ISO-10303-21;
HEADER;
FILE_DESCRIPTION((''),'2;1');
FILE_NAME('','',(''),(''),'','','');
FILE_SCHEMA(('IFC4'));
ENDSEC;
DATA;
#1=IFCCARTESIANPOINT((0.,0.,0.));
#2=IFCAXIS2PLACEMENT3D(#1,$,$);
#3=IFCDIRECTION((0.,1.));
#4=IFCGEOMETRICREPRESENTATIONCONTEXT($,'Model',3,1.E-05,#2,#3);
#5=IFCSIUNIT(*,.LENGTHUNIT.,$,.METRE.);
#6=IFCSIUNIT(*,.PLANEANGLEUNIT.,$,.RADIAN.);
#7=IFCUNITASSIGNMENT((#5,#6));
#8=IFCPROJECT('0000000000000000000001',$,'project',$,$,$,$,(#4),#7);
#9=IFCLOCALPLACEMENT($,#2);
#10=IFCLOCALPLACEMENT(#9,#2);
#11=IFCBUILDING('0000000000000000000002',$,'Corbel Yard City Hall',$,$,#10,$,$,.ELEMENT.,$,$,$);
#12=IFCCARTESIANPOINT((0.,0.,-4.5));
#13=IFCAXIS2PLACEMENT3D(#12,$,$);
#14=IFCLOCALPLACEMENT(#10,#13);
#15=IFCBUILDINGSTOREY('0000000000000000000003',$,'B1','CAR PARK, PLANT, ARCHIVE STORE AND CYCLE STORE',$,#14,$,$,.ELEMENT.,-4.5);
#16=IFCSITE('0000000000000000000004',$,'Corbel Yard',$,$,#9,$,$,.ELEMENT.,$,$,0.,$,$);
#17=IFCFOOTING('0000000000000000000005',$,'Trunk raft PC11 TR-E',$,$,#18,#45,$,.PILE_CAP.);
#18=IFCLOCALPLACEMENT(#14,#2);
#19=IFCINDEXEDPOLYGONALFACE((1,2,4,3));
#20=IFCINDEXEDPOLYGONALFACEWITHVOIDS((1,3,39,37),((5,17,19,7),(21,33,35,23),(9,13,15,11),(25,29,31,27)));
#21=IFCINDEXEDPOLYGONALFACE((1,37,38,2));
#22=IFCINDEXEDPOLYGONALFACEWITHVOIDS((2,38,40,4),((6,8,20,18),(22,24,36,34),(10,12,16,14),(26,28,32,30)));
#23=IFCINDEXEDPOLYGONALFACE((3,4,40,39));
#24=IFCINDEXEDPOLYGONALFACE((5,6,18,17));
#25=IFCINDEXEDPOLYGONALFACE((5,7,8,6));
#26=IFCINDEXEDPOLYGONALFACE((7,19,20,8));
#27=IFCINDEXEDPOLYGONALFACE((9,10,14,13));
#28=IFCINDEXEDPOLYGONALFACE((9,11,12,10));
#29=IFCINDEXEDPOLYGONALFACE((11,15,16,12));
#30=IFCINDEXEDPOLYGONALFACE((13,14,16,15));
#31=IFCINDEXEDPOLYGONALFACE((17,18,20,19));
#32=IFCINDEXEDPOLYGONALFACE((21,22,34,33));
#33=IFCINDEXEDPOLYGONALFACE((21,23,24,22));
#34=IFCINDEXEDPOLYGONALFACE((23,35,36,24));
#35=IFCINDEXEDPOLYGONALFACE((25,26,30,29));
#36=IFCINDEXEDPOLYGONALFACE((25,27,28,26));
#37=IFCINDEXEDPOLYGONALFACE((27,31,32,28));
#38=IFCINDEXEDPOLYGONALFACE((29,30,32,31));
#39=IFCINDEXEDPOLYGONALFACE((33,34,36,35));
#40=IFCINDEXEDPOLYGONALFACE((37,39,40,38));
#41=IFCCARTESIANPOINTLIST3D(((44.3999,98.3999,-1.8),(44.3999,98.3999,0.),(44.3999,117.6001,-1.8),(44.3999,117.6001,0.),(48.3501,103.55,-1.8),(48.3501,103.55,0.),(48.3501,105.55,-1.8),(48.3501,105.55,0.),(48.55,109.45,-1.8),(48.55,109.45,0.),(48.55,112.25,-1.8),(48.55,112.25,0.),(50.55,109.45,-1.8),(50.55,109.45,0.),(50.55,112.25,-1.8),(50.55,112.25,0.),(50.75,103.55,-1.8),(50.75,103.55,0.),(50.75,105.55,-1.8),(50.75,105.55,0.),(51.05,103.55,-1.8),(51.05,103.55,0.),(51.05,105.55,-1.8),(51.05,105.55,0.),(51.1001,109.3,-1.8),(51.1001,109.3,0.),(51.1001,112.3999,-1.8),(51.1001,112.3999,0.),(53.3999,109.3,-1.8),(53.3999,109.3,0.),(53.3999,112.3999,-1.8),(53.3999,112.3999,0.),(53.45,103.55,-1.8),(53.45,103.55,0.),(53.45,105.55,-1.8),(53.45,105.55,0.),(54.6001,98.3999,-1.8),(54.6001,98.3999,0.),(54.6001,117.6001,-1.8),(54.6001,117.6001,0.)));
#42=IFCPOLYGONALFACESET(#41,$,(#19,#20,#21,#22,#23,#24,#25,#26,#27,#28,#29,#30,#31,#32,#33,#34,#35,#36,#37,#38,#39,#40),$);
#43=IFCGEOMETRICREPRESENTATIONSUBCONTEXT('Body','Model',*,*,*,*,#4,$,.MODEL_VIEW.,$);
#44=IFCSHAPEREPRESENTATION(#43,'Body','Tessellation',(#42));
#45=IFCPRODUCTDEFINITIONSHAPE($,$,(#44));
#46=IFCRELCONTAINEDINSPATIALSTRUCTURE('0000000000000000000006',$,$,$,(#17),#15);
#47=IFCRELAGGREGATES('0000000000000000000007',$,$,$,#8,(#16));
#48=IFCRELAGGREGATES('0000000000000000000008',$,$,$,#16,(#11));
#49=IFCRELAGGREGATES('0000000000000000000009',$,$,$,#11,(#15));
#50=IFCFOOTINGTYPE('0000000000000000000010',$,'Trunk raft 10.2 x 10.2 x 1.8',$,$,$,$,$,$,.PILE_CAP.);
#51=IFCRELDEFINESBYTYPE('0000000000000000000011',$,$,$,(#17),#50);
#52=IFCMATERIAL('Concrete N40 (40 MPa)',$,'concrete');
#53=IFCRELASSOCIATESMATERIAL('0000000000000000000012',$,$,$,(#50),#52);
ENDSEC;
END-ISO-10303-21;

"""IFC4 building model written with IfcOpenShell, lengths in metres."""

from ifc_helpers import new_model, si_unit, direction, frame, origin, place, context, subcontext, project, spatial, polyline, outline, extrude, material, type_object, element, save


model = new_model("IFC4")

# Units and contexts
model_context = context("Model", 3, precision=1e-05, world=origin(), true_north=direction((0.0, 1.0)))
body_context = subcontext(model_context, "Body", "Model", "MODEL_VIEW")
ifc_project = project(units=[si_unit("LENGTHUNIT", "METRE"), si_unit("PLANEANGLEUNIT", "RADIAN")], contexts=[model_context])

# Site, building, storey
site_placement = place(None, origin())
site = spatial("IfcSite", under=ifc_project, at=site_placement, Name="Corbel Yard", CompositionType="ELEMENT", RefElevation=0.0)
building_placement = place(site_placement, origin())
building = spatial("IfcBuilding", under=site, at=building_placement, Name="Corbel Yard City Hall", CompositionType="ELEMENT")
storey_placement = place(building_placement, frame((0.0, 0.0, -4.5)))
storey = spatial("IfcBuildingStorey", under=building, at=storey_placement, Name="B1", Description="CAR PARK, PLANT, ARCHIVE STORE AND CYCLE STORE", CompositionType="ELEMENT", Elevation=-4.5)

# Footing
ifc_material = material(Name="Concrete N40 (40 MPa)", Category="concrete")
footing_type_1 = type_object("IfcFootingType", Name="Trunk raft 10.2 x 10.2 x 1.8", PredefinedType="PILE_CAP", material=ifc_material)
footing_1_placement = place(storey_placement, frame((0.0, 0.0, -1.8)))
element("IfcFooting", 1, at=footing_1_placement, inside=storey, type_object=footing_type_1, Name="Trunk raft PC11 TR-E", PredefinedType="PILE_CAP", context=body_context, shape_type="SweptSolid", body=[
    extrude(outline(polyline([(54.6001, 98.3999), (54.6001, 117.6001), (44.3999, 117.6001), (44.3999, 98.3999), (54.6001, 98.3999)]), holes=[polyline([(48.3501, 103.55), (48.3501, 105.55), (50.75, 105.55), (50.75, 103.55), (48.3501, 103.55)]), polyline([(51.05, 103.55), (51.05, 105.55), (53.45, 105.55), (53.45, 103.55), (51.05, 103.55)]), polyline([(48.55, 109.45), (48.55, 112.25), (50.55, 112.25), (50.55, 109.45), (48.55, 109.45)]), polyline([(51.1001, 109.3), (51.1001, 112.3999), (53.3999, 112.3999), (53.3999, 109.3), (51.1001, 109.3)])]), origin(), (0.0, 0.0, 1.0), 1.8),
])

save(model, "model.ifc")
